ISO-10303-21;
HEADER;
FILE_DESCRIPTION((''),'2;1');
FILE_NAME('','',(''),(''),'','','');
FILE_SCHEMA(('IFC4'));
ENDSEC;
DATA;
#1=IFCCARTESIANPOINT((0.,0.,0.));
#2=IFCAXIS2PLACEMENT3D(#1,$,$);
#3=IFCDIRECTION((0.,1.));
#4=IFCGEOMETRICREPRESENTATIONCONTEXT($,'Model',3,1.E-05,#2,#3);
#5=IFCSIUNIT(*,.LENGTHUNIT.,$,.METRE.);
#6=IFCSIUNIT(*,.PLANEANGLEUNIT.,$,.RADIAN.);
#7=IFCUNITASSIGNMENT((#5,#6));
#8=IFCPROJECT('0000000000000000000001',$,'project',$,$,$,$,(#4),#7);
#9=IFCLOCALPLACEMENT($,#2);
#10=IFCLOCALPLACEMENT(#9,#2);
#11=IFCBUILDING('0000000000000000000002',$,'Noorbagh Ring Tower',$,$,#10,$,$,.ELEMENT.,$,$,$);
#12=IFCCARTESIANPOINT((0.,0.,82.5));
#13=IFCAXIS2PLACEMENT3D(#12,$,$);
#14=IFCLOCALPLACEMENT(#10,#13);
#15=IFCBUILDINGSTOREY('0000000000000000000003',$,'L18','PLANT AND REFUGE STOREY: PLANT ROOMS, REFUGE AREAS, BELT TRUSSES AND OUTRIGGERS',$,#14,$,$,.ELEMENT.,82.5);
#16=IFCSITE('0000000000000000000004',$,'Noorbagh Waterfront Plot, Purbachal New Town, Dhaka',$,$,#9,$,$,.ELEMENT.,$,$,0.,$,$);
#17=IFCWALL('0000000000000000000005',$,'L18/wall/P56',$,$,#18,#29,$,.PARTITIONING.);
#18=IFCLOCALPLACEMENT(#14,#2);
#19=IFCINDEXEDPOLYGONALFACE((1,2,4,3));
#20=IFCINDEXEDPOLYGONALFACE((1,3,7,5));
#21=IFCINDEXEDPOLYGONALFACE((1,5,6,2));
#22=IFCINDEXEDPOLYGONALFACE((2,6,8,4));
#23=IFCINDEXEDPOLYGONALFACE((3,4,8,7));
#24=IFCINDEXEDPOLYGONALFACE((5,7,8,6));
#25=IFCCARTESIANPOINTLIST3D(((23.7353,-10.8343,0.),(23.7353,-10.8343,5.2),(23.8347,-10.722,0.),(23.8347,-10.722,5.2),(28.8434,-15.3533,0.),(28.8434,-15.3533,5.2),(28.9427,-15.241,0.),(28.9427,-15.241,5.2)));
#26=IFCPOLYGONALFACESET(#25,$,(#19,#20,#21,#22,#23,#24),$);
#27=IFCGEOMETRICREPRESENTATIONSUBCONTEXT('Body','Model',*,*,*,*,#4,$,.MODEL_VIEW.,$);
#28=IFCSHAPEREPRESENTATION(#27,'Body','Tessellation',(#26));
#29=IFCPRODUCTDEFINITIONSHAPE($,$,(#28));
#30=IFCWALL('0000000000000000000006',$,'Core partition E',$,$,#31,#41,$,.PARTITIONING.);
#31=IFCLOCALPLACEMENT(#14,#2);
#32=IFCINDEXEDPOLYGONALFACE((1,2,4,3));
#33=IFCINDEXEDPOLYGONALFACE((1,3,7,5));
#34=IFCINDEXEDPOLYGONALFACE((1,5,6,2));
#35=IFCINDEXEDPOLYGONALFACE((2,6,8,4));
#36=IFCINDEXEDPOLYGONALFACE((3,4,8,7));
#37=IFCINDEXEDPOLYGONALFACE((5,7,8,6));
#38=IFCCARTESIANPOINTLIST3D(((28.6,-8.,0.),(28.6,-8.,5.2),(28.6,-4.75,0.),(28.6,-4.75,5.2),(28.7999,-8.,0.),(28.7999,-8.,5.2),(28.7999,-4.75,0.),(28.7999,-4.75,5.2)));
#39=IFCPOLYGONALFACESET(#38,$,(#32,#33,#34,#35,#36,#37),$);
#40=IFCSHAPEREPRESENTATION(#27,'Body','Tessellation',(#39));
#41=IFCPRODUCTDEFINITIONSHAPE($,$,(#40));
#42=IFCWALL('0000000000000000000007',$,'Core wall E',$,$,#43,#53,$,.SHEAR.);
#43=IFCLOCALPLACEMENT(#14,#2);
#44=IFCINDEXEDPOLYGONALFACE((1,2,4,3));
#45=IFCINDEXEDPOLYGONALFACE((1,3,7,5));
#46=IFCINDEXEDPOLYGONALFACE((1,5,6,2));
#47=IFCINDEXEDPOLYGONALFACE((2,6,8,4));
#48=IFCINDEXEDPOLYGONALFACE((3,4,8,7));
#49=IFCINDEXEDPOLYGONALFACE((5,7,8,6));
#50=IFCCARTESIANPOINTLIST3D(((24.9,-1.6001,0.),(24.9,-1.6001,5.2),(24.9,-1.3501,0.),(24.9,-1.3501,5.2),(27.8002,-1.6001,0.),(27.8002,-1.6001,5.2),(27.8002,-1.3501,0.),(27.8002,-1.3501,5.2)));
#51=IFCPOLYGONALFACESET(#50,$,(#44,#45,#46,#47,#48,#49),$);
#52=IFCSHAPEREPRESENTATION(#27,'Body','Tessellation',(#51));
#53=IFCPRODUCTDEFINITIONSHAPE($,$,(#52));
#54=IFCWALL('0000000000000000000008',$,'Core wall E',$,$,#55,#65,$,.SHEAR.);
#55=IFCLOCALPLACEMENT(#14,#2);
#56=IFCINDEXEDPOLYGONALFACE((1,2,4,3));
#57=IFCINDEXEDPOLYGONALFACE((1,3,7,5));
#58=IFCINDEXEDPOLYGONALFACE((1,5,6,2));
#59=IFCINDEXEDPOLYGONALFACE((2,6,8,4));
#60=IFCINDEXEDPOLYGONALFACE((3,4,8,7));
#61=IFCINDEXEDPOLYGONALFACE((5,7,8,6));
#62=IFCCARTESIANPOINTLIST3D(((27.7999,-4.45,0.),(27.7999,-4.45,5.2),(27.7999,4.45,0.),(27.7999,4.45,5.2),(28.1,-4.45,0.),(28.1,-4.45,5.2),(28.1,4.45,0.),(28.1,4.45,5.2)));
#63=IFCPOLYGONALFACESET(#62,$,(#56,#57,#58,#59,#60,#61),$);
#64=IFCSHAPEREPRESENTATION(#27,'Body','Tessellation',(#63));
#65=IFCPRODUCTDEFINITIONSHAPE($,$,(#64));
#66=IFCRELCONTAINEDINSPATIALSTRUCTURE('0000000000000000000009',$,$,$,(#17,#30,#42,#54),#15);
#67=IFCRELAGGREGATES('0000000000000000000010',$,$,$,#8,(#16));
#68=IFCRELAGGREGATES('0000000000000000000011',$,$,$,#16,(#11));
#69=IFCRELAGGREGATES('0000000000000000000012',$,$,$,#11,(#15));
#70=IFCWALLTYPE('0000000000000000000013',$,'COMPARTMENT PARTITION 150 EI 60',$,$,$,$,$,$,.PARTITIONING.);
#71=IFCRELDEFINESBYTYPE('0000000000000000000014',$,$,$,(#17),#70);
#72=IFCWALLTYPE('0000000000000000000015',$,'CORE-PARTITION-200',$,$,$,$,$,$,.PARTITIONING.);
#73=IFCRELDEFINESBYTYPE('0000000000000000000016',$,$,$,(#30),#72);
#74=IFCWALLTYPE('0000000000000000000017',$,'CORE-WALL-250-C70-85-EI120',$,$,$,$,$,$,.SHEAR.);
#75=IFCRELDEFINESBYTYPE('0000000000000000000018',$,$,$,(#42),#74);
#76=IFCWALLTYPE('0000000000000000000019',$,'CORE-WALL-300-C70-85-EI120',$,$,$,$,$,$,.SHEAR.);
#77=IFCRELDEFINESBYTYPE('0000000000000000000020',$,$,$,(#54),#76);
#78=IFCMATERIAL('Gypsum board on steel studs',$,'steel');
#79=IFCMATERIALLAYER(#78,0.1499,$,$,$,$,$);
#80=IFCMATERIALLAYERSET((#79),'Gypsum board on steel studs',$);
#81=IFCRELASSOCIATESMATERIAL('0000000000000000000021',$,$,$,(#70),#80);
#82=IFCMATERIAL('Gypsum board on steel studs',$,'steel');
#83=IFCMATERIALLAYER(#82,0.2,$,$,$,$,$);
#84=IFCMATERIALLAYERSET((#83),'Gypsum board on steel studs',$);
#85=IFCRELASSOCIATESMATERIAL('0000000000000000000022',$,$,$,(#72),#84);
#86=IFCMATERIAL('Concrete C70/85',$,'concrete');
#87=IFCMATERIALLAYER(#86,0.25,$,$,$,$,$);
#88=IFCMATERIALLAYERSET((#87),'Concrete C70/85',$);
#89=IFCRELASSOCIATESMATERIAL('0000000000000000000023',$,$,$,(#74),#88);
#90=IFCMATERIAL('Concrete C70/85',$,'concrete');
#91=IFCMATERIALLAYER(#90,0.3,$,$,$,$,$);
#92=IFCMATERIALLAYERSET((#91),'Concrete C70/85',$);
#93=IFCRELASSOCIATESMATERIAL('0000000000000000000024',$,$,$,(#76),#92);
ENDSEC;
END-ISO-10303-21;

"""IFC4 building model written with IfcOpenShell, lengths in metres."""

from ifc_helpers import new_model, si_unit, direction, frame, frame_2d, origin, place, context, subcontext, project, spatial, rectangle, extrude, material, layer, layer_set, type_object, element, save


model = new_model("IFC4")

# Units and contexts
model_context = context("Model", 3, precision=1e-05, world=origin(), true_north=direction((0.0, 1.0)))
body_context = subcontext(model_context, "Body", "Model", "MODEL_VIEW")
ifc_project = project(units=[si_unit("LENGTHUNIT", "METRE"), si_unit("PLANEANGLEUNIT", "RADIAN")], contexts=[model_context])

# Site, building, storey
site_placement = place(None, origin())
site = spatial("IfcSite", under=ifc_project, at=site_placement, Name="Noorbagh Waterfront Plot, Purbachal New Town, Dhaka", CompositionType="ELEMENT", RefElevation=0.0)
building_placement = place(site_placement, origin())
building = spatial("IfcBuilding", under=site, at=building_placement, Name="Noorbagh Ring Tower", CompositionType="ELEMENT")
storey_placement = place(building_placement, frame((0.0, 0.0, 82.5)))
storey = spatial("IfcBuildingStorey", under=building, at=storey_placement, Name="L18", Description="PLANT AND REFUGE STOREY: PLANT ROOMS, REFUGE AREAS, BELT TRUSSES AND OUTRIGGERS", CompositionType="ELEMENT", Elevation=82.5)

# Walls
ifc_material_1 = material(Name="Gypsum board on steel studs", Category="steel")
ifc_layer_1 = layer(ifc_material_1, 0.1499)
ifc_layer_set_1 = layer_set([ifc_layer_1], Name="Gypsum board on steel studs")
wall_type_1 = type_object("IfcWallType", Name="COMPARTMENT PARTITION 150 EI 60", PredefinedType="PARTITIONING", material=ifc_layer_set_1)
wall_1_placement = place(storey_placement, frame((23.7849, -10.7781, 0.0), z_axis=(0.0, 0.0, 1.0), x_axis=(0.748975, -0.662598, 0.0)))
element("IfcWall", 1, at=wall_1_placement, inside=storey, type_object=wall_type_1, Name="L18/wall/P56", PredefinedType="PARTITIONING", context=body_context, shape_type="SweptSolid", body=[
    extrude(rectangle(XDim=6.8201, YDim=0.1499, at=frame_2d((3.4102, 0.0))), origin(), (0.0, 0.0, 1.0), 5.2),
])
ifc_material_2 = material(Name="Gypsum board on steel studs", Category="steel")
ifc_layer_2 = layer(ifc_material_2, 0.2)
ifc_layer_set_2 = layer_set([ifc_layer_2], Name="Gypsum board on steel studs")
wall_type_2 = type_object("IfcWallType", Name="CORE-PARTITION-200", PredefinedType="PARTITIONING", material=ifc_layer_set_2)
wall_2_placement = place(storey_placement, frame((28.7, -8.0, 0.0), z_axis=(0.0, 0.0, 1.0), x_axis=(0.0, 1.0, 0.0)))
element("IfcWall", 2, at=wall_2_placement, inside=storey, type_object=wall_type_2, Name="Core partition E", PredefinedType="PARTITIONING", context=body_context, shape_type="SweptSolid", body=[
    extrude(rectangle(XDim=3.25, YDim=0.2, at=frame_2d((1.625, 0.0))), origin(), (0.0, 0.0, 1.0), 5.2),
])
ifc_material_3 = material(Name="Concrete C70/85", Category="concrete")
ifc_layer_3 = layer(ifc_material_3, 0.25)
ifc_layer_set_3 = layer_set([ifc_layer_3], Name="Concrete C70/85")
wall_type_3 = type_object("IfcWallType", Name="CORE-WALL-250-C70-85-EI120", PredefinedType="SHEAR", material=ifc_layer_set_3)
wall_3_placement = place(storey_placement, frame((24.8999, -1.4751, 0.0), z_axis=(0.0, 0.0, 1.0), x_axis=(1.0, 0.0, 0.0)))
element("IfcWall", 3, at=wall_3_placement, inside=storey, type_object=wall_type_3, Name="Core wall E", PredefinedType="SHEAR", context=body_context, shape_type="SweptSolid", body=[
    extrude(rectangle(XDim=2.9001, YDim=0.25, at=frame_2d((1.4502, 0.0))), origin(), (0.0, 0.0, 1.0), 5.2),
])
ifc_material_4 = material(Name="Concrete C70/85", Category="concrete")
ifc_layer_4 = layer(ifc_material_4, 0.3)
ifc_layer_set_4 = layer_set([ifc_layer_4], Name="Concrete C70/85")
wall_type_4 = type_object("IfcWallType", Name="CORE-WALL-300-C70-85-EI120", PredefinedType="SHEAR", material=ifc_layer_set_4)
wall_4_placement = place(storey_placement, frame((27.95, -4.45, 0.0), z_axis=(0.0, 0.0, 1.0), x_axis=(0.0, 1.0, 0.0)))
element("IfcWall", 4, at=wall_4_placement, inside=storey, type_object=wall_type_4, Name="Core wall E", PredefinedType="SHEAR", context=body_context, shape_type="SweptSolid", body=[
    extrude(rectangle(XDim=8.8999, YDim=0.3, at=frame_2d((4.45, 0.0))), origin(), (0.0, 0.0, 1.0), 5.2),
])

save(model, "model.ifc")
